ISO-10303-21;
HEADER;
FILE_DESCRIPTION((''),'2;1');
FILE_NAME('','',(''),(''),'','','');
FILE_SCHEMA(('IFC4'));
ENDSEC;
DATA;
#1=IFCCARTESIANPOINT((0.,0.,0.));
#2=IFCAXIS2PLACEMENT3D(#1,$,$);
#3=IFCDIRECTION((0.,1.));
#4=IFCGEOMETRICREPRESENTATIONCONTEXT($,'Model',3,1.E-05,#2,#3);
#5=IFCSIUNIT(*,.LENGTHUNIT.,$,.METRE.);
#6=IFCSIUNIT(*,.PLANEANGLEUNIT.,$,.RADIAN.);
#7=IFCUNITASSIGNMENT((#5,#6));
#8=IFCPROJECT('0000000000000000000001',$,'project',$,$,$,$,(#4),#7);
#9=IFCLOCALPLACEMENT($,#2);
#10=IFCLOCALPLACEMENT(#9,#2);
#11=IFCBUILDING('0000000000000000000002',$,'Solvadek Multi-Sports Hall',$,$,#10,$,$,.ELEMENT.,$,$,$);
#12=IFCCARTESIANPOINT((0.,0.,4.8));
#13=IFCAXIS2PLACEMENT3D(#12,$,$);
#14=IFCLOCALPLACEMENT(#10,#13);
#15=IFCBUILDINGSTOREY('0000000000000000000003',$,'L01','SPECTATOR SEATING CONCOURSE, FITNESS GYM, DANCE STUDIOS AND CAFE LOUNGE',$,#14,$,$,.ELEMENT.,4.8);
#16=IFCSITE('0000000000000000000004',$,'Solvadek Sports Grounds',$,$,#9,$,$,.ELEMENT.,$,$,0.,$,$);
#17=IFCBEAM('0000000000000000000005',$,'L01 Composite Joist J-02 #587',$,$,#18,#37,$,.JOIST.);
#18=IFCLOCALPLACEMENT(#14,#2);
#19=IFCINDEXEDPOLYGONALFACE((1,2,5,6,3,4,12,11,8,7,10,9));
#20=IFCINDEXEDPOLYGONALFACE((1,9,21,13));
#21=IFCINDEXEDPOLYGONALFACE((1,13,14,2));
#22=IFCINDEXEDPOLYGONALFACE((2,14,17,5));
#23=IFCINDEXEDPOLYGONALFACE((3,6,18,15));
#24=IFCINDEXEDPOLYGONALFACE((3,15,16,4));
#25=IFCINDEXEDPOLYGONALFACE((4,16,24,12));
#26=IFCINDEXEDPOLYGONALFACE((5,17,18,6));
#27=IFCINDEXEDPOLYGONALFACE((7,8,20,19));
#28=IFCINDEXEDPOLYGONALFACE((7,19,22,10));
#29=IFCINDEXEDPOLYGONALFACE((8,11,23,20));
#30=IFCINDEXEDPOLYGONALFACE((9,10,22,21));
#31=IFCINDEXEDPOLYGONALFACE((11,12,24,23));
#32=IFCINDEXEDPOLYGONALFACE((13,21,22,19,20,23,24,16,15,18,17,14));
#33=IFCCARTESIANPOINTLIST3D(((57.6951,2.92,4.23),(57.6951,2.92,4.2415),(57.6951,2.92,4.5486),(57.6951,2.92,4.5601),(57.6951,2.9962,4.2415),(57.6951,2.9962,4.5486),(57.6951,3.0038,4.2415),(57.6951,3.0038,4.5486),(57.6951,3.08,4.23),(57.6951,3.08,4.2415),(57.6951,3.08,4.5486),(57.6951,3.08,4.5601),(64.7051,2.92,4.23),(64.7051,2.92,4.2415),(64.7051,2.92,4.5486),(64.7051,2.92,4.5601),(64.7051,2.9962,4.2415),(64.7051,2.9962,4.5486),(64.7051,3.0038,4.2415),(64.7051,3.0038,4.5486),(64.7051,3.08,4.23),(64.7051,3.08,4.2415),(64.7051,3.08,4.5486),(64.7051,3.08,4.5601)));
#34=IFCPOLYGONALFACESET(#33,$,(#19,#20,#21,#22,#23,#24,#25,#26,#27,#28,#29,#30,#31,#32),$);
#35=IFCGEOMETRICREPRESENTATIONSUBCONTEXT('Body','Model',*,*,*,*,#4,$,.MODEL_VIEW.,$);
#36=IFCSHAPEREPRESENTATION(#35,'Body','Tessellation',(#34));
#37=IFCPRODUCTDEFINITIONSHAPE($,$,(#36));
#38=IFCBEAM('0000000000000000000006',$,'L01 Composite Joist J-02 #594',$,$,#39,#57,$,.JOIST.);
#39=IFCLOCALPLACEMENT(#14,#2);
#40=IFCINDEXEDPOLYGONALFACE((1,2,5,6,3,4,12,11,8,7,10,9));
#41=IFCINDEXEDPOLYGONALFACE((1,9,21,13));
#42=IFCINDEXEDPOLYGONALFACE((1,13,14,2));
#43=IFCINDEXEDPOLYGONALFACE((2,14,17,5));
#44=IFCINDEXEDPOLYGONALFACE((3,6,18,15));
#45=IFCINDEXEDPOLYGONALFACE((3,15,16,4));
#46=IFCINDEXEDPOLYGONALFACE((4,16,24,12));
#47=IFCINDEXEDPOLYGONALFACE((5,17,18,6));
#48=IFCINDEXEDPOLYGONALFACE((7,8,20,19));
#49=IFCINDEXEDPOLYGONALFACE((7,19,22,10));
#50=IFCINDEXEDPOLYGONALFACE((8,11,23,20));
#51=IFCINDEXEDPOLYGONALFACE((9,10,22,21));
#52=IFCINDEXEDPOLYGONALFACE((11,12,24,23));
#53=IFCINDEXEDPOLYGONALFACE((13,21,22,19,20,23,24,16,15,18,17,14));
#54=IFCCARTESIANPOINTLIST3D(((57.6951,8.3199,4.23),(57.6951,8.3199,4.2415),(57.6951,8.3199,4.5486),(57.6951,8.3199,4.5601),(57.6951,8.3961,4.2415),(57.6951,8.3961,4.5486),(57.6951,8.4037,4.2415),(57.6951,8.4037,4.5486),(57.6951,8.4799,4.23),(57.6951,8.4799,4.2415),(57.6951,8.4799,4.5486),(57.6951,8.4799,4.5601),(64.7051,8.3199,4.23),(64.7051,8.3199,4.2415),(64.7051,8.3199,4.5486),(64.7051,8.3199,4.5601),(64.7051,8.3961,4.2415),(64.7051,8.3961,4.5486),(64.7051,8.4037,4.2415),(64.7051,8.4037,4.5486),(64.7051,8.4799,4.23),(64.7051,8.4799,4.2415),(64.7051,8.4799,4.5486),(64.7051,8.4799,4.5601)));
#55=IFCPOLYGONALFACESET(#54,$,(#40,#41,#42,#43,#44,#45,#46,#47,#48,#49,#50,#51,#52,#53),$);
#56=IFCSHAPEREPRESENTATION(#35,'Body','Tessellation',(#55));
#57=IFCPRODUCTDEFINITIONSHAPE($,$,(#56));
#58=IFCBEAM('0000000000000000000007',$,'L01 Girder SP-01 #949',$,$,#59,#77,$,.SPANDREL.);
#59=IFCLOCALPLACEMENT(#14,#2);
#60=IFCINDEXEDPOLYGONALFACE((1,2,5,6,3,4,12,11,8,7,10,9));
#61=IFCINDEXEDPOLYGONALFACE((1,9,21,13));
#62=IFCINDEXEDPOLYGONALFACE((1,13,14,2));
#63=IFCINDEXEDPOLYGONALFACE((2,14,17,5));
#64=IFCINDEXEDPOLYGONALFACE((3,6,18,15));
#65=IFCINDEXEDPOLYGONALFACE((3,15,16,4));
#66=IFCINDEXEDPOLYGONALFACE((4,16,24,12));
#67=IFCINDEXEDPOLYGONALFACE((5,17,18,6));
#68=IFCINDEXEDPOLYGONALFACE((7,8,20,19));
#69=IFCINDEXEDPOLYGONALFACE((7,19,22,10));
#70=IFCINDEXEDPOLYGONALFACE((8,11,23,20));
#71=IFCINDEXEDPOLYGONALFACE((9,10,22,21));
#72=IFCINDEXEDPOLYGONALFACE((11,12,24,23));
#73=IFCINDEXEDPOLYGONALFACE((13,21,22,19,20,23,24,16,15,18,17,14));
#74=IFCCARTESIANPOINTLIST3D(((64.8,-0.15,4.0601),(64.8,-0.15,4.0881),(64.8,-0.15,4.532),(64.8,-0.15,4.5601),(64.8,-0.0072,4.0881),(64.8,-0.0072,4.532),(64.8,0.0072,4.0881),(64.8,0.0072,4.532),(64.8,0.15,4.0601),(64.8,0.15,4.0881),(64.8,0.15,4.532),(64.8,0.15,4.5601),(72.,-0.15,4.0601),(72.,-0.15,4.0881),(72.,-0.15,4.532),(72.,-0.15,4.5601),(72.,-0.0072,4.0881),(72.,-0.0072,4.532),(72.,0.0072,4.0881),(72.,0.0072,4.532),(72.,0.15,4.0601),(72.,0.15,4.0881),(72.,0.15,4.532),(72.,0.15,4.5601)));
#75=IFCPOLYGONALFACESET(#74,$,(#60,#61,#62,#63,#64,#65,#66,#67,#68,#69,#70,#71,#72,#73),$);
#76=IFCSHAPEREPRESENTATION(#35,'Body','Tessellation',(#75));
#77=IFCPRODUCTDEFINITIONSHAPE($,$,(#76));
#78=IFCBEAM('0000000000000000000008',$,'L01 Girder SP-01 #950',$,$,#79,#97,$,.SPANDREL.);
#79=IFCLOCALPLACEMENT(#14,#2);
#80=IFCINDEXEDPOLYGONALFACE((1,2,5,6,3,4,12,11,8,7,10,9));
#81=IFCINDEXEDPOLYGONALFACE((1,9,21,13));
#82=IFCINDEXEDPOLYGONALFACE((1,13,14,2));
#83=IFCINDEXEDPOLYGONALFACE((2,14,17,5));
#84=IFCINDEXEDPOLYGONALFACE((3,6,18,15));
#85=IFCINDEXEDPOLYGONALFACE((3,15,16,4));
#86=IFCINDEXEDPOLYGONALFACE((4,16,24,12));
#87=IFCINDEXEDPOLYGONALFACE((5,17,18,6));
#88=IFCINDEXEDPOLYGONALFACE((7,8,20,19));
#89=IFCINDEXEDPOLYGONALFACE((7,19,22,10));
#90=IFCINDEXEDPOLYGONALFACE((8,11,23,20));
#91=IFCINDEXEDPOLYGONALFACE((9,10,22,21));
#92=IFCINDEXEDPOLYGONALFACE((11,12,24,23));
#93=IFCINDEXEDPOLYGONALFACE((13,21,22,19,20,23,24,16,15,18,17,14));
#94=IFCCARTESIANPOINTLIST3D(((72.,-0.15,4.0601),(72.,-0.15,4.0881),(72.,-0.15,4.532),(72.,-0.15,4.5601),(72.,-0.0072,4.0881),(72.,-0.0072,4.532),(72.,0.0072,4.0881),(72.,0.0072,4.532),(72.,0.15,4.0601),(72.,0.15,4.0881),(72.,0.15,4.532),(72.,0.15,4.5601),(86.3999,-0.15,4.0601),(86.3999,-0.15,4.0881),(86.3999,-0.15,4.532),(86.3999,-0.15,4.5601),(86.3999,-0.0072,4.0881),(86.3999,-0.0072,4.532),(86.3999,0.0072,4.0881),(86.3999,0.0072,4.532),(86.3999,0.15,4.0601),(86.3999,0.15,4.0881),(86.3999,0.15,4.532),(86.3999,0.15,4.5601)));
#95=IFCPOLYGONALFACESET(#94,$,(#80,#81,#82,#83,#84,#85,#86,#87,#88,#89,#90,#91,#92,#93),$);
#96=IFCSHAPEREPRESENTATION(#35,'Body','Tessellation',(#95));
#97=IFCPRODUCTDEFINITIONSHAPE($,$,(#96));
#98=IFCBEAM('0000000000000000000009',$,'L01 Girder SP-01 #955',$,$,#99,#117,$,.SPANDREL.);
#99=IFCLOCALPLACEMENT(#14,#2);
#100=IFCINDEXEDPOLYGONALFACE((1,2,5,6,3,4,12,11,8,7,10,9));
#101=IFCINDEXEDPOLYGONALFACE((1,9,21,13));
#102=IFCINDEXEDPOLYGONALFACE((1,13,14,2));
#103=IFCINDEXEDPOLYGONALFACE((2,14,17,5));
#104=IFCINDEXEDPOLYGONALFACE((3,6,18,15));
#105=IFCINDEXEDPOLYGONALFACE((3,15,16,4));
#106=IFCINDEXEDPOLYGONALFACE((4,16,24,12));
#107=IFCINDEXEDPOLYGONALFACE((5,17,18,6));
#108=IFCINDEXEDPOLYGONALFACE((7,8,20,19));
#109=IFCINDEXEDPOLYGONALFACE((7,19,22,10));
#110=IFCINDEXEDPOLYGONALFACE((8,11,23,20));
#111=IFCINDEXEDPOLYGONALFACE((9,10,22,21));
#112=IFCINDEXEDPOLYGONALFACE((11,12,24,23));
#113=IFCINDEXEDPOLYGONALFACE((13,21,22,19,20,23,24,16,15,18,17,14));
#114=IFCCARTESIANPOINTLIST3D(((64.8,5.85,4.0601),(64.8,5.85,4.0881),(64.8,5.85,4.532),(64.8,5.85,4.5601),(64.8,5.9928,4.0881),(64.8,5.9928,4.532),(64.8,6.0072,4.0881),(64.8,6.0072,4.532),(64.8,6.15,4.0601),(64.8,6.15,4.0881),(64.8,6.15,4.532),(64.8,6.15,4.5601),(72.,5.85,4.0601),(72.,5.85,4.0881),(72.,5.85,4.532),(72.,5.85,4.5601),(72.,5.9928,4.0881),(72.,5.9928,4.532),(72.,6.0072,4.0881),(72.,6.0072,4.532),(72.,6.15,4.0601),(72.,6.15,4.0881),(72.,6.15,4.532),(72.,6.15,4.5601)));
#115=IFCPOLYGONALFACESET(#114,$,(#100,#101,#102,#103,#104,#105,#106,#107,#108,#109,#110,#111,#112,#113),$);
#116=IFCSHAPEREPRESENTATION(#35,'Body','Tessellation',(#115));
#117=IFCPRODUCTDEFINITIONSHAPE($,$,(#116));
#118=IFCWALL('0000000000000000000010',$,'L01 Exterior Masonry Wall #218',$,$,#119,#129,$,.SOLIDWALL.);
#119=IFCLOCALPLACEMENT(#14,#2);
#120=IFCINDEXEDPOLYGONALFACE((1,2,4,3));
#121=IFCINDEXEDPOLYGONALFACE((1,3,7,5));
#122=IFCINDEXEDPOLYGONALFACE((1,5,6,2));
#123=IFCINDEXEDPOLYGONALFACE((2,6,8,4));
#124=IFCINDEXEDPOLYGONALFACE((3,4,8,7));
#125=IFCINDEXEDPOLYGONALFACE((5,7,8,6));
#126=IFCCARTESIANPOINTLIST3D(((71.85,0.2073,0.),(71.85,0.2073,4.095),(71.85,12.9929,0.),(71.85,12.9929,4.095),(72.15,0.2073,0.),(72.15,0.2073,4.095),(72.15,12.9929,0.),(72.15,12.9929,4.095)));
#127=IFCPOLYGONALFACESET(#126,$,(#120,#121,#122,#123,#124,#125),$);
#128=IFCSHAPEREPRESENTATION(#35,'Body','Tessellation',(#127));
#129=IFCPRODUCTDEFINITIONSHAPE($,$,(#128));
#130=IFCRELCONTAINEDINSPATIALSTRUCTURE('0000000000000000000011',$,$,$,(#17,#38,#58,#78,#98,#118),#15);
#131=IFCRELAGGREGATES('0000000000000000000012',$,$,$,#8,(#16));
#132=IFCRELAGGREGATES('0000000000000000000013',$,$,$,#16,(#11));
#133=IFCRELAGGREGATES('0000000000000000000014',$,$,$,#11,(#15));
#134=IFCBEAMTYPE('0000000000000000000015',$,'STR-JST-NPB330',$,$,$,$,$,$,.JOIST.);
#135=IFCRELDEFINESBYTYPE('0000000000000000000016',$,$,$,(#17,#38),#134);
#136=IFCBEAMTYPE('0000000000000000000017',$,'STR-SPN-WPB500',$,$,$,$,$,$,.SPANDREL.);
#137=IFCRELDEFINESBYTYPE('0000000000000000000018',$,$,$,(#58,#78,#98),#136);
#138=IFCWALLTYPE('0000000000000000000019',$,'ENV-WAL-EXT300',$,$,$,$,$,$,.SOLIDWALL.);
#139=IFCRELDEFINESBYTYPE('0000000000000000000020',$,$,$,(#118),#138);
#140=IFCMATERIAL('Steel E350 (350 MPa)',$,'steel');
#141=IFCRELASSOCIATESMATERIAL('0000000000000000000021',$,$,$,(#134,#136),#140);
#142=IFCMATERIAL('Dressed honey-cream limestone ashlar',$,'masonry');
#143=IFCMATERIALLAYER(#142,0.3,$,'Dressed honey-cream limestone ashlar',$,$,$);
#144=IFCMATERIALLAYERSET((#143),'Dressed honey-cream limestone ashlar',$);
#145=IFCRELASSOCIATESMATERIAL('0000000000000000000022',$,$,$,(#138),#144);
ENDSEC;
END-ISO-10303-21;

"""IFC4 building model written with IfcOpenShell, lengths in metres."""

from ifc_helpers import new_model, si_unit, direction, frame, frame_2d, origin, origin_2d, place, context, subcontext, project, spatial, rectangle, i_section, extrude, material, layer, layer_set, material_profile, profile_set, type_object, element, save


model = new_model("IFC4")

# Units and contexts
model_context = context("Model", 3, precision=1e-05, world=origin(), true_north=direction((0.0, 1.0)))
body_context = subcontext(model_context, "Body", "Model", "MODEL_VIEW")
ifc_project = project(units=[si_unit("LENGTHUNIT", "METRE"), si_unit("PLANEANGLEUNIT", "RADIAN")], contexts=[model_context])

# Site, building, storey
site_placement = place(None, origin())
site = spatial("IfcSite", under=ifc_project, at=site_placement, Name="Solvadek Sports Grounds", CompositionType="ELEMENT", RefElevation=0.0)
building_placement = place(site_placement, origin())
building = spatial("IfcBuilding", under=site, at=building_placement, Name="Solvadek Multi-Sports Hall", CompositionType="ELEMENT")
storey_placement = place(building_placement, frame((0.0, 0.0, 4.8)))
storey = spatial("IfcBuildingStorey", under=building, at=storey_placement, Name="L01", Description="SPECTATOR SEATING CONCOURSE, FITNESS GYM, DANCE STUDIOS AND CAFE LOUNGE", CompositionType="ELEMENT", Elevation=4.8)

# Shared definitions
ifc_material_1 = material(Name="Steel E350 (350 MPa)", Category="steel")

# Beams
ifc_material_profile_1 = material_profile(ifc_material_1, i_section(OverallWidth=0.1599, OverallDepth=0.3301, WebThickness=0.0076, FlangeThickness=0.0115, at=origin_2d()), Name="NPB 330")
ifc_profile_set_1 = profile_set([ifc_material_profile_1], Name="Steel E350 (350 MPa)")
beam_type_1 = type_object("IfcBeamType", Name="STR-JST-NPB330", PredefinedType="JOIST", material=ifc_profile_set_1)
for number, where, z_axis, x_axis, name in (
    (1, (57.6951, 3.0, 4.395), (1.0, 0.0, 0.0), (0.0, 1.0, 0.0), "L01 Composite Joist J-02 #587"),
    (2, (57.6951, 8.3999, 4.395), (1.0, 0.0, 0.0), (0.0, 1.0, 0.0), "L01 Composite Joist J-02 #594"),
):
    element("IfcBeam", number, at=place(storey_placement, frame(where, z_axis=z_axis, x_axis=x_axis)), inside=storey, type_object=beam_type_1, Name=name, PredefinedType="JOIST", context=body_context, shape_type="SweptSolid", body=[
        extrude(i_section(OverallWidth=0.1599, OverallDepth=0.3301, WebThickness=0.0076, FlangeThickness=0.0115, at=origin_2d()), origin(), (0.0, 0.0, 1.0), 7.01),
    ])
ifc_material_profile_2 = material_profile(ifc_material_1, i_section(OverallWidth=0.3, OverallDepth=0.5, WebThickness=0.0144, FlangeThickness=0.0281, at=origin_2d()), Name="WPB 500")
ifc_profile_set_2 = profile_set([ifc_material_profile_2], Name="Steel E350 (350 MPa)")
beam_type_2 = type_object("IfcBeamType", Name="STR-SPN-WPB500", PredefinedType="SPANDREL", material=ifc_profile_set_2)
beam_1_placement = place(storey_placement, frame((64.8, 0.0, 4.3101), z_axis=(1.0, 0.0, 0.0), x_axis=(0.0, 1.0, 0.0)))
element("IfcBeam", 3, at=beam_1_placement, inside=storey, type_object=beam_type_2, Name="L01 Girder SP-01 #949", PredefinedType="SPANDREL", context=body_context, shape_type="SweptSolid", body=[
    extrude(i_section(OverallWidth=0.3, OverallDepth=0.5, WebThickness=0.0144, FlangeThickness=0.0281, at=origin_2d()), origin(), (0.0, 0.0, 1.0), 7.2),
])
beam_2_placement = place(storey_placement, frame((72.0, 0.0, 4.3101), z_axis=(1.0, 0.0, 0.0), x_axis=(0.0, 1.0, 0.0)))
element("IfcBeam", 4, at=beam_2_placement, inside=storey, type_object=beam_type_2, Name="L01 Girder SP-01 #950", PredefinedType="SPANDREL", context=body_context, shape_type="SweptSolid", body=[
    extrude(i_section(OverallWidth=0.3, OverallDepth=0.5, WebThickness=0.0144, FlangeThickness=0.0281, at=origin_2d()), origin(), (0.0, 0.0, 1.0), 14.3999),
])
beam_3_placement = place(storey_placement, frame((64.8, 6.0, 4.3101), z_axis=(1.0, 0.0, 0.0), x_axis=(0.0, 1.0, 0.0)))
element("IfcBeam", 5, at=beam_3_placement, inside=storey, type_object=beam_type_2, Name="L01 Girder SP-01 #955", PredefinedType="SPANDREL", context=body_context, shape_type="SweptSolid", body=[
    extrude(i_section(OverallWidth=0.3, OverallDepth=0.5, WebThickness=0.0144, FlangeThickness=0.0281, at=origin_2d()), origin(), (0.0, 0.0, 1.0), 7.2),
])

# Wall
ifc_material_2 = material(Name="Dressed honey-cream limestone ashlar", Category="masonry")
ifc_layer = layer(ifc_material_2, 0.3, Name="Dressed honey-cream limestone ashlar")
ifc_layer_set = layer_set([ifc_layer], Name="Dressed honey-cream limestone ashlar")
wall_type = type_object("IfcWallType", Name="ENV-WAL-EXT300", PredefinedType="SOLIDWALL", material=ifc_layer_set)
wall_placement = place(storey_placement, frame((72.0, 0.2073, 0.0), z_axis=(0.0, 0.0, 1.0), x_axis=(0.0, 1.0, 0.0)))
element("IfcWall", 6, at=wall_placement, inside=storey, type_object=wall_type, Name="L01 Exterior Masonry Wall #218", PredefinedType="SOLIDWALL", context=body_context, shape_type="SweptSolid", body=[
    extrude(rectangle(XDim=12.7856, YDim=0.3, at=frame_2d((6.3928, 0.0))), origin(), (0.0, 0.0, 1.0), 4.095),
])

save(model, "model.ifc")
